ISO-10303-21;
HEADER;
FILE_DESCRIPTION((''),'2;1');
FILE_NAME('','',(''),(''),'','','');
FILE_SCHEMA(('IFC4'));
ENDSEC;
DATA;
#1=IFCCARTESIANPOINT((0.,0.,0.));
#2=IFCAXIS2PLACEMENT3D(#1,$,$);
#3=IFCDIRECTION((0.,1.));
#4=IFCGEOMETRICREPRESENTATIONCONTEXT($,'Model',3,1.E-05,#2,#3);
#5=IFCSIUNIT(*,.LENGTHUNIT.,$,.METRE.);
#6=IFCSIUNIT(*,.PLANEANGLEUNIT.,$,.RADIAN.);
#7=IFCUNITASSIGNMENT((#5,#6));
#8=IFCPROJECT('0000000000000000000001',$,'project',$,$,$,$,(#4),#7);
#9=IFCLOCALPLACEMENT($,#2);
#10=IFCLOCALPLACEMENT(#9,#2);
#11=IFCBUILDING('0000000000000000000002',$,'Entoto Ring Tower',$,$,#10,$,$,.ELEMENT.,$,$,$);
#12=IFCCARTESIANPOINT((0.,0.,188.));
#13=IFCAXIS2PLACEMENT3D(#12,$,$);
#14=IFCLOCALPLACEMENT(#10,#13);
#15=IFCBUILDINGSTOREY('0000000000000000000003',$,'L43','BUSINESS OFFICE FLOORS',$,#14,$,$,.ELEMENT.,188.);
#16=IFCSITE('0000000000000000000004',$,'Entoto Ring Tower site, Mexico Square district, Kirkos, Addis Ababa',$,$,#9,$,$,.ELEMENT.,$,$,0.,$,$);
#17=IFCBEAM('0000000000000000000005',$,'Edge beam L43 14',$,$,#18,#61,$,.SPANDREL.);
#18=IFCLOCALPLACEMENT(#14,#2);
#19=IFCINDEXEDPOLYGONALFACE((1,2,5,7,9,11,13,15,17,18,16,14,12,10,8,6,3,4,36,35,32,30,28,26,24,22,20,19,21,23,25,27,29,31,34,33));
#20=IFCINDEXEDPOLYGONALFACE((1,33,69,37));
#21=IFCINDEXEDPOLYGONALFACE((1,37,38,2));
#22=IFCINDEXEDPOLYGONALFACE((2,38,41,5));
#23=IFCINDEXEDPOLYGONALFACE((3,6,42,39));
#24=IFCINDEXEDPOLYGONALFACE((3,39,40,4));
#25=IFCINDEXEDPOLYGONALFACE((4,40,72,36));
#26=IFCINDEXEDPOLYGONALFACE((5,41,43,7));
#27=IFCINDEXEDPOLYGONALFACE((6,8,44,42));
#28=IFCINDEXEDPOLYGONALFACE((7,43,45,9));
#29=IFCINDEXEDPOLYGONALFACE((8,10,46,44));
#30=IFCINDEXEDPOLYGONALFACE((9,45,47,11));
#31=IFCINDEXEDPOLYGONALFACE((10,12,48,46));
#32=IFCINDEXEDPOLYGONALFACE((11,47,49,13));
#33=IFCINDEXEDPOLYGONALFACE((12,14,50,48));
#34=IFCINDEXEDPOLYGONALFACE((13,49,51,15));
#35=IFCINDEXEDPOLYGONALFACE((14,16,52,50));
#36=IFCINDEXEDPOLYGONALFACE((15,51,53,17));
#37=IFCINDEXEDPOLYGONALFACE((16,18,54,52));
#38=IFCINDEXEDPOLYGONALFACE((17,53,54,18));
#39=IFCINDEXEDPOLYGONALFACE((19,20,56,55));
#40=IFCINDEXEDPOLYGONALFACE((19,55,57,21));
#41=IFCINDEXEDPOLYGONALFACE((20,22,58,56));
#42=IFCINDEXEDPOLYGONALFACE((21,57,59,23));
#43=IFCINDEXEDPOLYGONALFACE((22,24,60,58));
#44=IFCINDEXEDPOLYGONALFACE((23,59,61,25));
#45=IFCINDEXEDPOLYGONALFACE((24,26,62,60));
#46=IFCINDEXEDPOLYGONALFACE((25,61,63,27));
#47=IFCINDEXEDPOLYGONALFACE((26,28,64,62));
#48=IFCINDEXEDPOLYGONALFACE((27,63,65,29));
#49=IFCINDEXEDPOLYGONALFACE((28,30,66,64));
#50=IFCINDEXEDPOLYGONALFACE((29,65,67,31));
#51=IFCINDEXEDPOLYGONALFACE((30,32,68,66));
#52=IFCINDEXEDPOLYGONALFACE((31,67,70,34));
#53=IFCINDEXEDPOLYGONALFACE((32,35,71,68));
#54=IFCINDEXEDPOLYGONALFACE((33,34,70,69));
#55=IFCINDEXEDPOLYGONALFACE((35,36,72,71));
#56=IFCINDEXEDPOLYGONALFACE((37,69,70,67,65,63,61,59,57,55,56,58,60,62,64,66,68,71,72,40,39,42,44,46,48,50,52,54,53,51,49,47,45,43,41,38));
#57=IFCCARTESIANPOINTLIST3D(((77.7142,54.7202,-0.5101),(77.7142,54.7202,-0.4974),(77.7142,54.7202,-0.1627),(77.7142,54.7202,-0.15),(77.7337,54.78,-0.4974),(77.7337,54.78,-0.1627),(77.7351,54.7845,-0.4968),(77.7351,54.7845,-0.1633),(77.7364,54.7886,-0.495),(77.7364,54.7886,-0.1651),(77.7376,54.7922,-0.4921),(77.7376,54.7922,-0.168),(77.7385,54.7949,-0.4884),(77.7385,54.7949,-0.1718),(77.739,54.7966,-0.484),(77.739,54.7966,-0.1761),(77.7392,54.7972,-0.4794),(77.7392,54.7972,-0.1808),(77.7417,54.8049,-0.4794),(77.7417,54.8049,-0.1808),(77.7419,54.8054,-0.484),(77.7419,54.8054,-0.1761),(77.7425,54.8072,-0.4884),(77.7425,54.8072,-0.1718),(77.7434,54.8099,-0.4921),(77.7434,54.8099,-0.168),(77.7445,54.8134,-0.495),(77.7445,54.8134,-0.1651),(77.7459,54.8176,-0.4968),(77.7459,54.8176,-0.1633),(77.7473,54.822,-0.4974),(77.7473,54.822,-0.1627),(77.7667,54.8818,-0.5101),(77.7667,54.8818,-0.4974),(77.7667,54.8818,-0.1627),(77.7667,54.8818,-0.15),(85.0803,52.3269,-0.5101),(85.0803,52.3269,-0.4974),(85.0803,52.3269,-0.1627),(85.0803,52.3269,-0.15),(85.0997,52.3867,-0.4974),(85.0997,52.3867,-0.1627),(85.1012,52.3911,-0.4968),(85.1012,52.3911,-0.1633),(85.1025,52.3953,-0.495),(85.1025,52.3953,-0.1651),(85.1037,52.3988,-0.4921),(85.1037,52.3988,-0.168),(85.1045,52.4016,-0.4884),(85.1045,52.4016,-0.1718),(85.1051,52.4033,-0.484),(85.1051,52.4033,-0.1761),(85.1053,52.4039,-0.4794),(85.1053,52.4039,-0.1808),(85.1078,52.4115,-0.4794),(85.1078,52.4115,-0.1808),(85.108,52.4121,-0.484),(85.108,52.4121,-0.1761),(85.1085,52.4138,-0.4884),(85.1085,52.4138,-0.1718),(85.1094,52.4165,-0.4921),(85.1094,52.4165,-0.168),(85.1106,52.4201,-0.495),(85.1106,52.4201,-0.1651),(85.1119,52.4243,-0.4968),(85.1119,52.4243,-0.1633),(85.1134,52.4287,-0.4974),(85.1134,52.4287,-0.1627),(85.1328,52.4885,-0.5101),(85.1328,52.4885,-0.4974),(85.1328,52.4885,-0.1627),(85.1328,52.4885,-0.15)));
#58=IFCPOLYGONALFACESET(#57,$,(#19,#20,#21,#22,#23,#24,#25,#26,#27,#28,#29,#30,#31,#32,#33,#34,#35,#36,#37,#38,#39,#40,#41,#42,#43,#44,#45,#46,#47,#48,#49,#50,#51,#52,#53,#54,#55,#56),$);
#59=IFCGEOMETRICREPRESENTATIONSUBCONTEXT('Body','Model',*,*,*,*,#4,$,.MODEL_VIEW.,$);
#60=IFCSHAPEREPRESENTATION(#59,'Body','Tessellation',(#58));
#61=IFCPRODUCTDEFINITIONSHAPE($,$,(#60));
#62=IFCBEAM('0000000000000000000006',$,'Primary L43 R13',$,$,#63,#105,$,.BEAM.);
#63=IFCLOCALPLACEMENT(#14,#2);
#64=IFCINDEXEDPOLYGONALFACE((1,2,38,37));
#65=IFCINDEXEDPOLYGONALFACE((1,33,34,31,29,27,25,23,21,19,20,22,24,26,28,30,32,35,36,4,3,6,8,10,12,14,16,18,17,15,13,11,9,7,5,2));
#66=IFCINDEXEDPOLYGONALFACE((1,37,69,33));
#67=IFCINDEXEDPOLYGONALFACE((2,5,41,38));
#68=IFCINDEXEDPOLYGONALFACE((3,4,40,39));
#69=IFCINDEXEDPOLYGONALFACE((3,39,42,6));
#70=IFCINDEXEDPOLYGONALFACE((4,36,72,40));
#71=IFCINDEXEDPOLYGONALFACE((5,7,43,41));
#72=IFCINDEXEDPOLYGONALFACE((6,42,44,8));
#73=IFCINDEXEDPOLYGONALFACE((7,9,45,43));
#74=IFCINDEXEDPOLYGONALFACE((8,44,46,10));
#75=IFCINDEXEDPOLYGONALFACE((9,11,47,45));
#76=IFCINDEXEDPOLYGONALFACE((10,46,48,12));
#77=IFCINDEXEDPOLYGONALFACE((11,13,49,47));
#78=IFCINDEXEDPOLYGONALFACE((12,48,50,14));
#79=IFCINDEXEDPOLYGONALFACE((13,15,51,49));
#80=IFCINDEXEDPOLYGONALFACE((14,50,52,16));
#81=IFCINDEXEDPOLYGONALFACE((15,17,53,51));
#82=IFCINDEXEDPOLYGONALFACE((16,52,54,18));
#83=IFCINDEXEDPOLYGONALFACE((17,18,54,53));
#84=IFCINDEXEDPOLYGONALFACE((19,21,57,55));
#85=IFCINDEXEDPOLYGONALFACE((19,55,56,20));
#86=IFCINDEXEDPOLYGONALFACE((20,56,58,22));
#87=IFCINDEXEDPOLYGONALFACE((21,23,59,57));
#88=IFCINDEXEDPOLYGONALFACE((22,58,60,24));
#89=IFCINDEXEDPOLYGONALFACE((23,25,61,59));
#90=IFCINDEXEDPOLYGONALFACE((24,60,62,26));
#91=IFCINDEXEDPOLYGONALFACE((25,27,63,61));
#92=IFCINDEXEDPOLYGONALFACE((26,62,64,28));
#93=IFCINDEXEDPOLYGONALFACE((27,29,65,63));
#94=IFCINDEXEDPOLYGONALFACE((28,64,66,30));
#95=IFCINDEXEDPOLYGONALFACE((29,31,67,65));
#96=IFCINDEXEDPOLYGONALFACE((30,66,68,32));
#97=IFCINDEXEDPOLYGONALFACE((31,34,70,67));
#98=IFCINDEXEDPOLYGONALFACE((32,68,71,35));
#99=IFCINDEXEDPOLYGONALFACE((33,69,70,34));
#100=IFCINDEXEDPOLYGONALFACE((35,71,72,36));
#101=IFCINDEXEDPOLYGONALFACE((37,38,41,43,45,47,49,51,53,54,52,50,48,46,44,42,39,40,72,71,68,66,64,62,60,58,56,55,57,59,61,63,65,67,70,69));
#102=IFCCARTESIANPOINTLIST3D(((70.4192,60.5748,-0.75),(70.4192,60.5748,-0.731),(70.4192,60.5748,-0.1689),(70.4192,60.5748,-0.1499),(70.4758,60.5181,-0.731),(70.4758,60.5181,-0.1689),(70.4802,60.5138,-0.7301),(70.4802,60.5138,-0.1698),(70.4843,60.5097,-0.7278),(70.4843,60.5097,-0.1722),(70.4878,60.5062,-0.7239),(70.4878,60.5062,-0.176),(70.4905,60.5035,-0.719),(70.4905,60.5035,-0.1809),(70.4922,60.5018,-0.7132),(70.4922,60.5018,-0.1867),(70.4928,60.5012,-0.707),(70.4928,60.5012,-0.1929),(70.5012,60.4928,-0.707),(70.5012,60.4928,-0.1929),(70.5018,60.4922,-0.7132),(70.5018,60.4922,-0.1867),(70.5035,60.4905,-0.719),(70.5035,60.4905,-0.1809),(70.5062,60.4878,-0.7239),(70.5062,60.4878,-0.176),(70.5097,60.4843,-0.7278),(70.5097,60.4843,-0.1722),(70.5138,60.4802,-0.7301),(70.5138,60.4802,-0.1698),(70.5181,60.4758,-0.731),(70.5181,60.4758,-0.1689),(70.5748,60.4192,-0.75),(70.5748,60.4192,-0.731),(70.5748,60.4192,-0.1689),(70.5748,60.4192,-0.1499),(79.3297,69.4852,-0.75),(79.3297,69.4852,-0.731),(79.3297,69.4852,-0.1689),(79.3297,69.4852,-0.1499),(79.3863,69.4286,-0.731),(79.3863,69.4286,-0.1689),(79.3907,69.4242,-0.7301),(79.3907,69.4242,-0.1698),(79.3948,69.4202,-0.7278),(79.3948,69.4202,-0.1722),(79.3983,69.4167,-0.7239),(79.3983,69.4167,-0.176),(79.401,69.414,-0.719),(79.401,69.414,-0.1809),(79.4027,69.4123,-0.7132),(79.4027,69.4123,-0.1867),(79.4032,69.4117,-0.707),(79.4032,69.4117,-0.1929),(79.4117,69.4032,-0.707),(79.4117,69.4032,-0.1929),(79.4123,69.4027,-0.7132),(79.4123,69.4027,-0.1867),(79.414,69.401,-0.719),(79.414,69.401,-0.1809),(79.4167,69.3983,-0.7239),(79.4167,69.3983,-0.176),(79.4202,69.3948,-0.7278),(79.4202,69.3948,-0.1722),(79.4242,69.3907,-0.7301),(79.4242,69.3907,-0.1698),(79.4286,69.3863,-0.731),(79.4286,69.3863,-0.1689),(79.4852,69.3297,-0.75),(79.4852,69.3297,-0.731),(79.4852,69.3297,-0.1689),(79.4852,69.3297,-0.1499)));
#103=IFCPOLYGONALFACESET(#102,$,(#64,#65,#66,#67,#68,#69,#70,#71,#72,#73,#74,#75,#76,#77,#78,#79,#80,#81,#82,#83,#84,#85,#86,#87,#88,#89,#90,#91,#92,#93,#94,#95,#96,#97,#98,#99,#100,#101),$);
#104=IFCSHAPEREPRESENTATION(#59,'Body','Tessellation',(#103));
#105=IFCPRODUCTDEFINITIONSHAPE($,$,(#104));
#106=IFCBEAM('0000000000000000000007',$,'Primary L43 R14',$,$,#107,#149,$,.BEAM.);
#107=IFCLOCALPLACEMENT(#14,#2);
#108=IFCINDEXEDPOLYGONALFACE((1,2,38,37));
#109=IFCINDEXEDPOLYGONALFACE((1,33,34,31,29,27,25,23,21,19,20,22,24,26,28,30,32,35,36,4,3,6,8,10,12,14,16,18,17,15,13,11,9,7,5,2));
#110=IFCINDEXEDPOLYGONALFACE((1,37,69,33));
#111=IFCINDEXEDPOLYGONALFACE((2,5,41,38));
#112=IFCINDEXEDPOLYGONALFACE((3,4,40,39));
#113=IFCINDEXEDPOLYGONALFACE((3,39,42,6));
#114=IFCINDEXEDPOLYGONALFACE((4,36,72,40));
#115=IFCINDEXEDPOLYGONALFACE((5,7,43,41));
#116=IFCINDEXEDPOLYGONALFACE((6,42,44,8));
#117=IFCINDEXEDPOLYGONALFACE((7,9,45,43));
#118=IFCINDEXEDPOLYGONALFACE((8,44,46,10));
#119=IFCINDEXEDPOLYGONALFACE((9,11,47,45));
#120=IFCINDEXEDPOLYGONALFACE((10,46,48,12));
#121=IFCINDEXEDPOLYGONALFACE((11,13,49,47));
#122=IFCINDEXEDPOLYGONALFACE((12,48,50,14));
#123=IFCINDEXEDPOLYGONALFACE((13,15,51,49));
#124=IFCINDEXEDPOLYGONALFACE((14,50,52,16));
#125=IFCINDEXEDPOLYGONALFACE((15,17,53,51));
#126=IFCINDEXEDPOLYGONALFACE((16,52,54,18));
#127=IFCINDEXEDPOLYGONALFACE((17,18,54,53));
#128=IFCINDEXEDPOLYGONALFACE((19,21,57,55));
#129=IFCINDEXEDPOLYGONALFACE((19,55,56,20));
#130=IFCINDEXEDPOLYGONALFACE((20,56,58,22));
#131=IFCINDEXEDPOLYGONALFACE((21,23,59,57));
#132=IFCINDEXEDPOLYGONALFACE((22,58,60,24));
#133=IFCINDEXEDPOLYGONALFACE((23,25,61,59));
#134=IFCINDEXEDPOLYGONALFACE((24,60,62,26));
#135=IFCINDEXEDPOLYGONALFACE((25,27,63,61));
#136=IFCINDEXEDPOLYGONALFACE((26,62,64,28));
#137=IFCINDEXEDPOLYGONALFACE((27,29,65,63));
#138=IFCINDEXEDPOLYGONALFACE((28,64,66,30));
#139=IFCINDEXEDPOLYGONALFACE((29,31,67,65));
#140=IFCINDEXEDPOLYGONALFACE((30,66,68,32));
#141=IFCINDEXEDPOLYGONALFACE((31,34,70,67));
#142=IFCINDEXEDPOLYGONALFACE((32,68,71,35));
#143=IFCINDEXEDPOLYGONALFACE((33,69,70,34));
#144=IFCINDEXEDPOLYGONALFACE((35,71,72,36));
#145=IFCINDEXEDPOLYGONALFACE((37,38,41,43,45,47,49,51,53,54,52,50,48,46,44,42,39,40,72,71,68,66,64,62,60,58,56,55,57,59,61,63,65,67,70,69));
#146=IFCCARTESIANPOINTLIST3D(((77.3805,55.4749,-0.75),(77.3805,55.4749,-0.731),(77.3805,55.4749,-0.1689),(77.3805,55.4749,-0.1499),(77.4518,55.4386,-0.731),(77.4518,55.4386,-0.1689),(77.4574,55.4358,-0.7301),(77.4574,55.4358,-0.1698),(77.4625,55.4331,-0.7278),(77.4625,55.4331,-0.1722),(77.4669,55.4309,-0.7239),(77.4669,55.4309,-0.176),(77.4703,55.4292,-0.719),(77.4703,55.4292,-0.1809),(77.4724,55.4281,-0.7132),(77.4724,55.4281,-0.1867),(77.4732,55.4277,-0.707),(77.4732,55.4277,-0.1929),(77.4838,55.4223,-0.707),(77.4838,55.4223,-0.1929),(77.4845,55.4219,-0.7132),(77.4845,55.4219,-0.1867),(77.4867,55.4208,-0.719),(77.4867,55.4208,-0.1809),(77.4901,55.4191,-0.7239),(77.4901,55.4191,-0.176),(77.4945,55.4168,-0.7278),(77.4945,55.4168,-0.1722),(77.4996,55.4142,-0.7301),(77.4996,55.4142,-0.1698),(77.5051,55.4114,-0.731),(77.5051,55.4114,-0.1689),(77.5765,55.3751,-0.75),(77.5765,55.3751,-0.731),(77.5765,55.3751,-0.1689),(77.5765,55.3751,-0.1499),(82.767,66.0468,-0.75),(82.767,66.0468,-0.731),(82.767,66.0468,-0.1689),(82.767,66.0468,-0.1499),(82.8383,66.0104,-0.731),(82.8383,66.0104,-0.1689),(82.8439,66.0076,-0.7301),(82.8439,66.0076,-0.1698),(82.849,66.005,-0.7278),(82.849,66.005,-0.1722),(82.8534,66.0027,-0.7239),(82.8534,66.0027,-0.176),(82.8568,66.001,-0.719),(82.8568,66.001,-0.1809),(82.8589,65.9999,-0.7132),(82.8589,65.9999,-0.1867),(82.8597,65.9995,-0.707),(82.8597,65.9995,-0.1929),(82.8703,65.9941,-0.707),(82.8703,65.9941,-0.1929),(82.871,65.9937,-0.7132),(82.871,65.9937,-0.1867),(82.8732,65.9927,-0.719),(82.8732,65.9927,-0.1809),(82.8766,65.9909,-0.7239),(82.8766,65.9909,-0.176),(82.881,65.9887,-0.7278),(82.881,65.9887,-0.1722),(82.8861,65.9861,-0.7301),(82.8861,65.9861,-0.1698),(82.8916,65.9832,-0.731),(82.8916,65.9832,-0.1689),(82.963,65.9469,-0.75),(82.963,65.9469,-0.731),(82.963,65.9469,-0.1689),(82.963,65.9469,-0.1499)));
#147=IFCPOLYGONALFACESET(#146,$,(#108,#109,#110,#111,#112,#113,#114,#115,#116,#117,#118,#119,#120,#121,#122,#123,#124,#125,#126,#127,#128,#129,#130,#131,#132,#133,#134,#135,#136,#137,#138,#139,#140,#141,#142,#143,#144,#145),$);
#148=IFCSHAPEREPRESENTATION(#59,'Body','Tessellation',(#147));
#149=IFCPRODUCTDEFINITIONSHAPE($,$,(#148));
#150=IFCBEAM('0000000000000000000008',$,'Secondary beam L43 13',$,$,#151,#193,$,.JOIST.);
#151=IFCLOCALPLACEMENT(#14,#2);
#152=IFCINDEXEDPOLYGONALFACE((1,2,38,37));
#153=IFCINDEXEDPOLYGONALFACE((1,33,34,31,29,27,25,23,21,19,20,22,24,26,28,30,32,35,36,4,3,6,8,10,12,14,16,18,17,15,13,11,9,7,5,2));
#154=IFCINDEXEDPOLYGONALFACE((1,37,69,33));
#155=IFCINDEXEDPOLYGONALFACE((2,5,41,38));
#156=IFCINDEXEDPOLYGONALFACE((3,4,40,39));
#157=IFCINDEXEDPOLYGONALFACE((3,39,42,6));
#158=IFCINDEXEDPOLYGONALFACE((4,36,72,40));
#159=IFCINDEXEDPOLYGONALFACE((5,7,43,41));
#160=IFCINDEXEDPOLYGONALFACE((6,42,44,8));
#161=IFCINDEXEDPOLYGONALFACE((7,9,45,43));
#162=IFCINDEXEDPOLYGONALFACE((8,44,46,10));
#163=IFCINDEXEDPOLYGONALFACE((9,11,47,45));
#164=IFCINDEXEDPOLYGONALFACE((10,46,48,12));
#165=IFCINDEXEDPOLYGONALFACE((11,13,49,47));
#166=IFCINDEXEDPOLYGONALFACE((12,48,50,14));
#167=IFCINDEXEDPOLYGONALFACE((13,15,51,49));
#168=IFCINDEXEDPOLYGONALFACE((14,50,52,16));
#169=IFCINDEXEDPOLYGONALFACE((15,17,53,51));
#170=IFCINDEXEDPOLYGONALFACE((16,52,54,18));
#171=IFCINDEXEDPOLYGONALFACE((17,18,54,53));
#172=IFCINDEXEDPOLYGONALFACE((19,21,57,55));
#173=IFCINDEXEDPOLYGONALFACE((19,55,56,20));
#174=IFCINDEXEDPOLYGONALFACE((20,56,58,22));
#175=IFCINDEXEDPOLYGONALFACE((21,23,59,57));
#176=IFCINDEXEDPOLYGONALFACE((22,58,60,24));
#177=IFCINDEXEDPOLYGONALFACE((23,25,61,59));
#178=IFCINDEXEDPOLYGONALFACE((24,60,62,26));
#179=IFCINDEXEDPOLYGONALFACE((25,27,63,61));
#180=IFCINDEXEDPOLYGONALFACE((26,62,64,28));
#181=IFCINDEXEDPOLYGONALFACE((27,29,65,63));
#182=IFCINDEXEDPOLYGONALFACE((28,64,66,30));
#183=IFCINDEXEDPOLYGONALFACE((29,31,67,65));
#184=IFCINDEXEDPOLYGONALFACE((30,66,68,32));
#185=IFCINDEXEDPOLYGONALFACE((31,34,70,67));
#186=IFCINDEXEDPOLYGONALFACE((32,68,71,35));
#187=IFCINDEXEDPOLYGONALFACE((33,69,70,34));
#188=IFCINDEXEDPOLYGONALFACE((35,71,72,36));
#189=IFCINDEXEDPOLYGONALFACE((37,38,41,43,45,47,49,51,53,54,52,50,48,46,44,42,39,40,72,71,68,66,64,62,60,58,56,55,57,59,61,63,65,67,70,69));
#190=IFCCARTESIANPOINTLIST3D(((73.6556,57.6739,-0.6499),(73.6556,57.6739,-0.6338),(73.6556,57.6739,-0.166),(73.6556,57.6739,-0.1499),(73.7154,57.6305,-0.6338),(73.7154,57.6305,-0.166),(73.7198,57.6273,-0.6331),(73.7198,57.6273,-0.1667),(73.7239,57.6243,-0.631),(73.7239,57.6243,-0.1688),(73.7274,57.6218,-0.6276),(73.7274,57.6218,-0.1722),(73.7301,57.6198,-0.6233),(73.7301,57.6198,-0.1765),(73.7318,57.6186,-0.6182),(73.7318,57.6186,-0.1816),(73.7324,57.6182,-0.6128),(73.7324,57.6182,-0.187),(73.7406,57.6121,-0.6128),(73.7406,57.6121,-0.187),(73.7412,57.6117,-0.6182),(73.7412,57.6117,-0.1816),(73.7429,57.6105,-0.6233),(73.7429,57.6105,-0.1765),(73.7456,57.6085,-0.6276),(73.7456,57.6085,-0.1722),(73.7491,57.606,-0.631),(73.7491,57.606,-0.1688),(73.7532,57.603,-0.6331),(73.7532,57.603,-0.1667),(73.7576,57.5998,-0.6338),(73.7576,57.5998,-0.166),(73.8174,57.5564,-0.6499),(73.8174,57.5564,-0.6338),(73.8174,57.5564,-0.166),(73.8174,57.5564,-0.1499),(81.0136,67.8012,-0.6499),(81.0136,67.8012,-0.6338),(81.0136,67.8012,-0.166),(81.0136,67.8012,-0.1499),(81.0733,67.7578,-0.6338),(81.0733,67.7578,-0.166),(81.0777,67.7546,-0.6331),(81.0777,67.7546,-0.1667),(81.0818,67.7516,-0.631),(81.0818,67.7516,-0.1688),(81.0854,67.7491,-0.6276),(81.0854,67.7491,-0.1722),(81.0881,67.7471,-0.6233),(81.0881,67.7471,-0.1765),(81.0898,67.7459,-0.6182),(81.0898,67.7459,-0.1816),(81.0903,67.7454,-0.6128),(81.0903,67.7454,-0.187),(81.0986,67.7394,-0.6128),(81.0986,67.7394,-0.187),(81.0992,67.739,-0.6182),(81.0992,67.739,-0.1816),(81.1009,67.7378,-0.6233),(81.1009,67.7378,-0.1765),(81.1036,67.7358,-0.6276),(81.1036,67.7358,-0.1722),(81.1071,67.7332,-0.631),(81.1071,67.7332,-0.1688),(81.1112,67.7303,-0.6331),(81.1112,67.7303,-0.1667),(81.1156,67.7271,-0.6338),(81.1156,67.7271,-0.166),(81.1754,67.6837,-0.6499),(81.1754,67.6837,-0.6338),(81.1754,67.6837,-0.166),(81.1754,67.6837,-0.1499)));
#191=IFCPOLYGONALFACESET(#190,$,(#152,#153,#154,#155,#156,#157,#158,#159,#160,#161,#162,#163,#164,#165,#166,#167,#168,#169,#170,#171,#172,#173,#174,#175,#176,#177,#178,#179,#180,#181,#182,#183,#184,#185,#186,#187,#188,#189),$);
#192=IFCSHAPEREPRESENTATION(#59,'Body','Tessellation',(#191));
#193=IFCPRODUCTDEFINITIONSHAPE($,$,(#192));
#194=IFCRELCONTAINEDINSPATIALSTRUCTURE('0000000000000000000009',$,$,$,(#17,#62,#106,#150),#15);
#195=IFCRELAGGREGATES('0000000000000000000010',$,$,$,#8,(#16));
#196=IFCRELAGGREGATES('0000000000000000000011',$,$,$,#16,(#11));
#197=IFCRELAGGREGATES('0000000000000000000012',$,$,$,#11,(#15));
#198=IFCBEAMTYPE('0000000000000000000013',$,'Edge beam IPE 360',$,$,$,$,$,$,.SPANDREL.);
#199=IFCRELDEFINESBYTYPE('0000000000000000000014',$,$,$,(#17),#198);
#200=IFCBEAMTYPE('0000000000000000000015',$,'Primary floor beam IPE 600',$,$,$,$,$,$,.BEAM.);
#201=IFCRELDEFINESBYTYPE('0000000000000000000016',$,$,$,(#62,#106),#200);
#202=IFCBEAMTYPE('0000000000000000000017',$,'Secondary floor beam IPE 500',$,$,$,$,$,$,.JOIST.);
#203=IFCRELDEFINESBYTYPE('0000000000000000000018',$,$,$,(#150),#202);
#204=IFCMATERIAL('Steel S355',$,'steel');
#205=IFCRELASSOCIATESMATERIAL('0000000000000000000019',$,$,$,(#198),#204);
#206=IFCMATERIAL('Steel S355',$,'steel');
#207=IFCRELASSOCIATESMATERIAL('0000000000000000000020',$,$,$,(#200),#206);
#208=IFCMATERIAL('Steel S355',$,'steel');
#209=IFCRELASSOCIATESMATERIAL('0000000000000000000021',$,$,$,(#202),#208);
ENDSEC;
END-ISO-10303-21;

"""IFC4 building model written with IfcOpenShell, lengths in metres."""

from ifc_helpers import new_model, si_unit, direction, frame, origin, origin_2d, place, context, subcontext, project, spatial, i_section, extrude, material, material_profile, profile_set, type_object, element, save


model = new_model("IFC4")

# Units and contexts
model_context = context("Model", 3, precision=1e-05, world=origin(), true_north=direction((0.0, 1.0)))
body_context = subcontext(model_context, "Body", "Model", "MODEL_VIEW")
ifc_project = project(units=[si_unit("LENGTHUNIT", "METRE"), si_unit("PLANEANGLEUNIT", "RADIAN")], contexts=[model_context])

# Site, building, storey
site_placement = place(None, origin())
site = spatial("IfcSite", under=ifc_project, at=site_placement, Name="Entoto Ring Tower site, Mexico Square district, Kirkos, Addis Ababa", CompositionType="ELEMENT", RefElevation=0.0)
building_placement = place(site_placement, origin())
building = spatial("IfcBuilding", under=site, at=building_placement, Name="Entoto Ring Tower", CompositionType="ELEMENT")
storey_placement = place(building_placement, frame((0.0, 0.0, 188.0)))
storey = spatial("IfcBuildingStorey", under=building, at=storey_placement, Name="L43", Description="BUSINESS OFFICE FLOORS", CompositionType="ELEMENT", Elevation=188.0)

# Beams
ifc_material_1 = material(Name="Steel S355", Category="steel")
ifc_material_profile_1 = material_profile(ifc_material_1, i_section(OverallWidth=0.1699, OverallDepth=0.3601, WebThickness=0.0081, FlangeThickness=0.0127, FilletRadius=0.0181, at=origin_2d()), Name="IPE 360")
ifc_profile_set_1 = profile_set([ifc_material_profile_1], Name="Steel S355")
beam_type_1 = type_object("IfcBeamType", Name="Edge beam IPE 360", PredefinedType="SPANDREL", material=ifc_profile_set_1)
for number, where, z_axis, x_axis, name in (
    (1, (77.7405, 54.801, -0.3301), (0.951058, -0.309013, 0.0), (0.309013, 0.951058, 0.0), "Edge beam L43 14"),
):
    element("IfcBeam", number, at=place(storey_placement, frame(where, z_axis=z_axis, x_axis=x_axis)), inside=storey, type_object=beam_type_1, Name=name, PredefinedType="SPANDREL", context=body_context, shape_type="SweptSolid", body=[
        extrude(i_section(OverallWidth=0.1699, OverallDepth=0.3601, WebThickness=0.0081, FlangeThickness=0.0127, FilletRadius=0.0181, at=origin_2d()), origin(), (0.0, 0.0, 1.0), 7.7451),
    ])
ifc_material_2 = material(Name="Steel S355", Category="steel")
ifc_material_profile_2 = material_profile(ifc_material_2, i_section(OverallWidth=0.22, OverallDepth=0.6001, WebThickness=0.012, FlangeThickness=0.019, FilletRadius=0.0239, at=origin_2d()), Name="IPE 600")
ifc_profile_set_2 = profile_set([ifc_material_profile_2], Name="Steel S355")
beam_type_2 = type_object("IfcBeamType", Name="Primary floor beam IPE 600", PredefinedType="BEAM", material=ifc_profile_set_2)
beam_1_placement = place(storey_placement, frame((79.4075, 69.4075, -0.45), z_axis=(-0.707107, -0.707107, 0.0), x_axis=(0.707107, -0.707107, 0.0)))
element("IfcBeam", 2, at=beam_1_placement, inside=storey, type_object=beam_type_2, Name="Primary L43 R13", PredefinedType="BEAM", context=body_context, shape_type="SweptSolid", body=[
    extrude(i_section(OverallWidth=0.22, OverallDepth=0.6001, WebThickness=0.012, FlangeThickness=0.019, FilletRadius=0.0239, at=origin_2d()), origin(), (0.0, 0.0, 1.0), 12.6013),
])
beam_2_placement = place(storey_placement, frame((82.865, 65.9968, -0.45), z_axis=(-0.453983, -0.89101, 0.0), x_axis=(0.89101, -0.453983, 0.0)))
element("IfcBeam", 3, at=beam_2_placement, inside=storey, type_object=beam_type_2, Name="Primary L43 R14", PredefinedType="BEAM", context=body_context, shape_type="SweptSolid", body=[
    extrude(i_section(OverallWidth=0.22, OverallDepth=0.6001, WebThickness=0.012, FlangeThickness=0.019, FilletRadius=0.0239, at=origin_2d()), origin(), (0.0, 0.0, 1.0), 11.865),
])
ifc_material_3 = material(Name="Steel S355", Category="steel")
ifc_material_profile_3 = material_profile(ifc_material_3, i_section(OverallWidth=0.2, OverallDepth=0.5, WebThickness=0.0103, FlangeThickness=0.0161, FilletRadius=0.021, at=origin_2d()), Name="IPE 500")
ifc_profile_set_3 = profile_set([ifc_material_profile_3], Name="Steel S355")
beam_type_3 = type_object("IfcBeamType", Name="Secondary floor beam IPE 500", PredefinedType="JOIST", material=ifc_profile_set_3)
beam_3_placement = place(storey_placement, frame((81.0945, 67.7424, -0.3999), z_axis=(-0.587789, -0.809014, 0.0), x_axis=(0.809014, -0.587789, 0.0)))
element("IfcBeam", 4, at=beam_3_placement, inside=storey, type_object=beam_type_3, Name="Secondary beam L43 13", PredefinedType="JOIST", context=body_context, shape_type="SweptSolid", body=[
    extrude(i_section(OverallWidth=0.2, OverallDepth=0.5, WebThickness=0.0103, FlangeThickness=0.0161, FilletRadius=0.021, at=origin_2d()), origin(), (0.0, 0.0, 1.0), 12.5181),
])

save(model, "model.ifc")
